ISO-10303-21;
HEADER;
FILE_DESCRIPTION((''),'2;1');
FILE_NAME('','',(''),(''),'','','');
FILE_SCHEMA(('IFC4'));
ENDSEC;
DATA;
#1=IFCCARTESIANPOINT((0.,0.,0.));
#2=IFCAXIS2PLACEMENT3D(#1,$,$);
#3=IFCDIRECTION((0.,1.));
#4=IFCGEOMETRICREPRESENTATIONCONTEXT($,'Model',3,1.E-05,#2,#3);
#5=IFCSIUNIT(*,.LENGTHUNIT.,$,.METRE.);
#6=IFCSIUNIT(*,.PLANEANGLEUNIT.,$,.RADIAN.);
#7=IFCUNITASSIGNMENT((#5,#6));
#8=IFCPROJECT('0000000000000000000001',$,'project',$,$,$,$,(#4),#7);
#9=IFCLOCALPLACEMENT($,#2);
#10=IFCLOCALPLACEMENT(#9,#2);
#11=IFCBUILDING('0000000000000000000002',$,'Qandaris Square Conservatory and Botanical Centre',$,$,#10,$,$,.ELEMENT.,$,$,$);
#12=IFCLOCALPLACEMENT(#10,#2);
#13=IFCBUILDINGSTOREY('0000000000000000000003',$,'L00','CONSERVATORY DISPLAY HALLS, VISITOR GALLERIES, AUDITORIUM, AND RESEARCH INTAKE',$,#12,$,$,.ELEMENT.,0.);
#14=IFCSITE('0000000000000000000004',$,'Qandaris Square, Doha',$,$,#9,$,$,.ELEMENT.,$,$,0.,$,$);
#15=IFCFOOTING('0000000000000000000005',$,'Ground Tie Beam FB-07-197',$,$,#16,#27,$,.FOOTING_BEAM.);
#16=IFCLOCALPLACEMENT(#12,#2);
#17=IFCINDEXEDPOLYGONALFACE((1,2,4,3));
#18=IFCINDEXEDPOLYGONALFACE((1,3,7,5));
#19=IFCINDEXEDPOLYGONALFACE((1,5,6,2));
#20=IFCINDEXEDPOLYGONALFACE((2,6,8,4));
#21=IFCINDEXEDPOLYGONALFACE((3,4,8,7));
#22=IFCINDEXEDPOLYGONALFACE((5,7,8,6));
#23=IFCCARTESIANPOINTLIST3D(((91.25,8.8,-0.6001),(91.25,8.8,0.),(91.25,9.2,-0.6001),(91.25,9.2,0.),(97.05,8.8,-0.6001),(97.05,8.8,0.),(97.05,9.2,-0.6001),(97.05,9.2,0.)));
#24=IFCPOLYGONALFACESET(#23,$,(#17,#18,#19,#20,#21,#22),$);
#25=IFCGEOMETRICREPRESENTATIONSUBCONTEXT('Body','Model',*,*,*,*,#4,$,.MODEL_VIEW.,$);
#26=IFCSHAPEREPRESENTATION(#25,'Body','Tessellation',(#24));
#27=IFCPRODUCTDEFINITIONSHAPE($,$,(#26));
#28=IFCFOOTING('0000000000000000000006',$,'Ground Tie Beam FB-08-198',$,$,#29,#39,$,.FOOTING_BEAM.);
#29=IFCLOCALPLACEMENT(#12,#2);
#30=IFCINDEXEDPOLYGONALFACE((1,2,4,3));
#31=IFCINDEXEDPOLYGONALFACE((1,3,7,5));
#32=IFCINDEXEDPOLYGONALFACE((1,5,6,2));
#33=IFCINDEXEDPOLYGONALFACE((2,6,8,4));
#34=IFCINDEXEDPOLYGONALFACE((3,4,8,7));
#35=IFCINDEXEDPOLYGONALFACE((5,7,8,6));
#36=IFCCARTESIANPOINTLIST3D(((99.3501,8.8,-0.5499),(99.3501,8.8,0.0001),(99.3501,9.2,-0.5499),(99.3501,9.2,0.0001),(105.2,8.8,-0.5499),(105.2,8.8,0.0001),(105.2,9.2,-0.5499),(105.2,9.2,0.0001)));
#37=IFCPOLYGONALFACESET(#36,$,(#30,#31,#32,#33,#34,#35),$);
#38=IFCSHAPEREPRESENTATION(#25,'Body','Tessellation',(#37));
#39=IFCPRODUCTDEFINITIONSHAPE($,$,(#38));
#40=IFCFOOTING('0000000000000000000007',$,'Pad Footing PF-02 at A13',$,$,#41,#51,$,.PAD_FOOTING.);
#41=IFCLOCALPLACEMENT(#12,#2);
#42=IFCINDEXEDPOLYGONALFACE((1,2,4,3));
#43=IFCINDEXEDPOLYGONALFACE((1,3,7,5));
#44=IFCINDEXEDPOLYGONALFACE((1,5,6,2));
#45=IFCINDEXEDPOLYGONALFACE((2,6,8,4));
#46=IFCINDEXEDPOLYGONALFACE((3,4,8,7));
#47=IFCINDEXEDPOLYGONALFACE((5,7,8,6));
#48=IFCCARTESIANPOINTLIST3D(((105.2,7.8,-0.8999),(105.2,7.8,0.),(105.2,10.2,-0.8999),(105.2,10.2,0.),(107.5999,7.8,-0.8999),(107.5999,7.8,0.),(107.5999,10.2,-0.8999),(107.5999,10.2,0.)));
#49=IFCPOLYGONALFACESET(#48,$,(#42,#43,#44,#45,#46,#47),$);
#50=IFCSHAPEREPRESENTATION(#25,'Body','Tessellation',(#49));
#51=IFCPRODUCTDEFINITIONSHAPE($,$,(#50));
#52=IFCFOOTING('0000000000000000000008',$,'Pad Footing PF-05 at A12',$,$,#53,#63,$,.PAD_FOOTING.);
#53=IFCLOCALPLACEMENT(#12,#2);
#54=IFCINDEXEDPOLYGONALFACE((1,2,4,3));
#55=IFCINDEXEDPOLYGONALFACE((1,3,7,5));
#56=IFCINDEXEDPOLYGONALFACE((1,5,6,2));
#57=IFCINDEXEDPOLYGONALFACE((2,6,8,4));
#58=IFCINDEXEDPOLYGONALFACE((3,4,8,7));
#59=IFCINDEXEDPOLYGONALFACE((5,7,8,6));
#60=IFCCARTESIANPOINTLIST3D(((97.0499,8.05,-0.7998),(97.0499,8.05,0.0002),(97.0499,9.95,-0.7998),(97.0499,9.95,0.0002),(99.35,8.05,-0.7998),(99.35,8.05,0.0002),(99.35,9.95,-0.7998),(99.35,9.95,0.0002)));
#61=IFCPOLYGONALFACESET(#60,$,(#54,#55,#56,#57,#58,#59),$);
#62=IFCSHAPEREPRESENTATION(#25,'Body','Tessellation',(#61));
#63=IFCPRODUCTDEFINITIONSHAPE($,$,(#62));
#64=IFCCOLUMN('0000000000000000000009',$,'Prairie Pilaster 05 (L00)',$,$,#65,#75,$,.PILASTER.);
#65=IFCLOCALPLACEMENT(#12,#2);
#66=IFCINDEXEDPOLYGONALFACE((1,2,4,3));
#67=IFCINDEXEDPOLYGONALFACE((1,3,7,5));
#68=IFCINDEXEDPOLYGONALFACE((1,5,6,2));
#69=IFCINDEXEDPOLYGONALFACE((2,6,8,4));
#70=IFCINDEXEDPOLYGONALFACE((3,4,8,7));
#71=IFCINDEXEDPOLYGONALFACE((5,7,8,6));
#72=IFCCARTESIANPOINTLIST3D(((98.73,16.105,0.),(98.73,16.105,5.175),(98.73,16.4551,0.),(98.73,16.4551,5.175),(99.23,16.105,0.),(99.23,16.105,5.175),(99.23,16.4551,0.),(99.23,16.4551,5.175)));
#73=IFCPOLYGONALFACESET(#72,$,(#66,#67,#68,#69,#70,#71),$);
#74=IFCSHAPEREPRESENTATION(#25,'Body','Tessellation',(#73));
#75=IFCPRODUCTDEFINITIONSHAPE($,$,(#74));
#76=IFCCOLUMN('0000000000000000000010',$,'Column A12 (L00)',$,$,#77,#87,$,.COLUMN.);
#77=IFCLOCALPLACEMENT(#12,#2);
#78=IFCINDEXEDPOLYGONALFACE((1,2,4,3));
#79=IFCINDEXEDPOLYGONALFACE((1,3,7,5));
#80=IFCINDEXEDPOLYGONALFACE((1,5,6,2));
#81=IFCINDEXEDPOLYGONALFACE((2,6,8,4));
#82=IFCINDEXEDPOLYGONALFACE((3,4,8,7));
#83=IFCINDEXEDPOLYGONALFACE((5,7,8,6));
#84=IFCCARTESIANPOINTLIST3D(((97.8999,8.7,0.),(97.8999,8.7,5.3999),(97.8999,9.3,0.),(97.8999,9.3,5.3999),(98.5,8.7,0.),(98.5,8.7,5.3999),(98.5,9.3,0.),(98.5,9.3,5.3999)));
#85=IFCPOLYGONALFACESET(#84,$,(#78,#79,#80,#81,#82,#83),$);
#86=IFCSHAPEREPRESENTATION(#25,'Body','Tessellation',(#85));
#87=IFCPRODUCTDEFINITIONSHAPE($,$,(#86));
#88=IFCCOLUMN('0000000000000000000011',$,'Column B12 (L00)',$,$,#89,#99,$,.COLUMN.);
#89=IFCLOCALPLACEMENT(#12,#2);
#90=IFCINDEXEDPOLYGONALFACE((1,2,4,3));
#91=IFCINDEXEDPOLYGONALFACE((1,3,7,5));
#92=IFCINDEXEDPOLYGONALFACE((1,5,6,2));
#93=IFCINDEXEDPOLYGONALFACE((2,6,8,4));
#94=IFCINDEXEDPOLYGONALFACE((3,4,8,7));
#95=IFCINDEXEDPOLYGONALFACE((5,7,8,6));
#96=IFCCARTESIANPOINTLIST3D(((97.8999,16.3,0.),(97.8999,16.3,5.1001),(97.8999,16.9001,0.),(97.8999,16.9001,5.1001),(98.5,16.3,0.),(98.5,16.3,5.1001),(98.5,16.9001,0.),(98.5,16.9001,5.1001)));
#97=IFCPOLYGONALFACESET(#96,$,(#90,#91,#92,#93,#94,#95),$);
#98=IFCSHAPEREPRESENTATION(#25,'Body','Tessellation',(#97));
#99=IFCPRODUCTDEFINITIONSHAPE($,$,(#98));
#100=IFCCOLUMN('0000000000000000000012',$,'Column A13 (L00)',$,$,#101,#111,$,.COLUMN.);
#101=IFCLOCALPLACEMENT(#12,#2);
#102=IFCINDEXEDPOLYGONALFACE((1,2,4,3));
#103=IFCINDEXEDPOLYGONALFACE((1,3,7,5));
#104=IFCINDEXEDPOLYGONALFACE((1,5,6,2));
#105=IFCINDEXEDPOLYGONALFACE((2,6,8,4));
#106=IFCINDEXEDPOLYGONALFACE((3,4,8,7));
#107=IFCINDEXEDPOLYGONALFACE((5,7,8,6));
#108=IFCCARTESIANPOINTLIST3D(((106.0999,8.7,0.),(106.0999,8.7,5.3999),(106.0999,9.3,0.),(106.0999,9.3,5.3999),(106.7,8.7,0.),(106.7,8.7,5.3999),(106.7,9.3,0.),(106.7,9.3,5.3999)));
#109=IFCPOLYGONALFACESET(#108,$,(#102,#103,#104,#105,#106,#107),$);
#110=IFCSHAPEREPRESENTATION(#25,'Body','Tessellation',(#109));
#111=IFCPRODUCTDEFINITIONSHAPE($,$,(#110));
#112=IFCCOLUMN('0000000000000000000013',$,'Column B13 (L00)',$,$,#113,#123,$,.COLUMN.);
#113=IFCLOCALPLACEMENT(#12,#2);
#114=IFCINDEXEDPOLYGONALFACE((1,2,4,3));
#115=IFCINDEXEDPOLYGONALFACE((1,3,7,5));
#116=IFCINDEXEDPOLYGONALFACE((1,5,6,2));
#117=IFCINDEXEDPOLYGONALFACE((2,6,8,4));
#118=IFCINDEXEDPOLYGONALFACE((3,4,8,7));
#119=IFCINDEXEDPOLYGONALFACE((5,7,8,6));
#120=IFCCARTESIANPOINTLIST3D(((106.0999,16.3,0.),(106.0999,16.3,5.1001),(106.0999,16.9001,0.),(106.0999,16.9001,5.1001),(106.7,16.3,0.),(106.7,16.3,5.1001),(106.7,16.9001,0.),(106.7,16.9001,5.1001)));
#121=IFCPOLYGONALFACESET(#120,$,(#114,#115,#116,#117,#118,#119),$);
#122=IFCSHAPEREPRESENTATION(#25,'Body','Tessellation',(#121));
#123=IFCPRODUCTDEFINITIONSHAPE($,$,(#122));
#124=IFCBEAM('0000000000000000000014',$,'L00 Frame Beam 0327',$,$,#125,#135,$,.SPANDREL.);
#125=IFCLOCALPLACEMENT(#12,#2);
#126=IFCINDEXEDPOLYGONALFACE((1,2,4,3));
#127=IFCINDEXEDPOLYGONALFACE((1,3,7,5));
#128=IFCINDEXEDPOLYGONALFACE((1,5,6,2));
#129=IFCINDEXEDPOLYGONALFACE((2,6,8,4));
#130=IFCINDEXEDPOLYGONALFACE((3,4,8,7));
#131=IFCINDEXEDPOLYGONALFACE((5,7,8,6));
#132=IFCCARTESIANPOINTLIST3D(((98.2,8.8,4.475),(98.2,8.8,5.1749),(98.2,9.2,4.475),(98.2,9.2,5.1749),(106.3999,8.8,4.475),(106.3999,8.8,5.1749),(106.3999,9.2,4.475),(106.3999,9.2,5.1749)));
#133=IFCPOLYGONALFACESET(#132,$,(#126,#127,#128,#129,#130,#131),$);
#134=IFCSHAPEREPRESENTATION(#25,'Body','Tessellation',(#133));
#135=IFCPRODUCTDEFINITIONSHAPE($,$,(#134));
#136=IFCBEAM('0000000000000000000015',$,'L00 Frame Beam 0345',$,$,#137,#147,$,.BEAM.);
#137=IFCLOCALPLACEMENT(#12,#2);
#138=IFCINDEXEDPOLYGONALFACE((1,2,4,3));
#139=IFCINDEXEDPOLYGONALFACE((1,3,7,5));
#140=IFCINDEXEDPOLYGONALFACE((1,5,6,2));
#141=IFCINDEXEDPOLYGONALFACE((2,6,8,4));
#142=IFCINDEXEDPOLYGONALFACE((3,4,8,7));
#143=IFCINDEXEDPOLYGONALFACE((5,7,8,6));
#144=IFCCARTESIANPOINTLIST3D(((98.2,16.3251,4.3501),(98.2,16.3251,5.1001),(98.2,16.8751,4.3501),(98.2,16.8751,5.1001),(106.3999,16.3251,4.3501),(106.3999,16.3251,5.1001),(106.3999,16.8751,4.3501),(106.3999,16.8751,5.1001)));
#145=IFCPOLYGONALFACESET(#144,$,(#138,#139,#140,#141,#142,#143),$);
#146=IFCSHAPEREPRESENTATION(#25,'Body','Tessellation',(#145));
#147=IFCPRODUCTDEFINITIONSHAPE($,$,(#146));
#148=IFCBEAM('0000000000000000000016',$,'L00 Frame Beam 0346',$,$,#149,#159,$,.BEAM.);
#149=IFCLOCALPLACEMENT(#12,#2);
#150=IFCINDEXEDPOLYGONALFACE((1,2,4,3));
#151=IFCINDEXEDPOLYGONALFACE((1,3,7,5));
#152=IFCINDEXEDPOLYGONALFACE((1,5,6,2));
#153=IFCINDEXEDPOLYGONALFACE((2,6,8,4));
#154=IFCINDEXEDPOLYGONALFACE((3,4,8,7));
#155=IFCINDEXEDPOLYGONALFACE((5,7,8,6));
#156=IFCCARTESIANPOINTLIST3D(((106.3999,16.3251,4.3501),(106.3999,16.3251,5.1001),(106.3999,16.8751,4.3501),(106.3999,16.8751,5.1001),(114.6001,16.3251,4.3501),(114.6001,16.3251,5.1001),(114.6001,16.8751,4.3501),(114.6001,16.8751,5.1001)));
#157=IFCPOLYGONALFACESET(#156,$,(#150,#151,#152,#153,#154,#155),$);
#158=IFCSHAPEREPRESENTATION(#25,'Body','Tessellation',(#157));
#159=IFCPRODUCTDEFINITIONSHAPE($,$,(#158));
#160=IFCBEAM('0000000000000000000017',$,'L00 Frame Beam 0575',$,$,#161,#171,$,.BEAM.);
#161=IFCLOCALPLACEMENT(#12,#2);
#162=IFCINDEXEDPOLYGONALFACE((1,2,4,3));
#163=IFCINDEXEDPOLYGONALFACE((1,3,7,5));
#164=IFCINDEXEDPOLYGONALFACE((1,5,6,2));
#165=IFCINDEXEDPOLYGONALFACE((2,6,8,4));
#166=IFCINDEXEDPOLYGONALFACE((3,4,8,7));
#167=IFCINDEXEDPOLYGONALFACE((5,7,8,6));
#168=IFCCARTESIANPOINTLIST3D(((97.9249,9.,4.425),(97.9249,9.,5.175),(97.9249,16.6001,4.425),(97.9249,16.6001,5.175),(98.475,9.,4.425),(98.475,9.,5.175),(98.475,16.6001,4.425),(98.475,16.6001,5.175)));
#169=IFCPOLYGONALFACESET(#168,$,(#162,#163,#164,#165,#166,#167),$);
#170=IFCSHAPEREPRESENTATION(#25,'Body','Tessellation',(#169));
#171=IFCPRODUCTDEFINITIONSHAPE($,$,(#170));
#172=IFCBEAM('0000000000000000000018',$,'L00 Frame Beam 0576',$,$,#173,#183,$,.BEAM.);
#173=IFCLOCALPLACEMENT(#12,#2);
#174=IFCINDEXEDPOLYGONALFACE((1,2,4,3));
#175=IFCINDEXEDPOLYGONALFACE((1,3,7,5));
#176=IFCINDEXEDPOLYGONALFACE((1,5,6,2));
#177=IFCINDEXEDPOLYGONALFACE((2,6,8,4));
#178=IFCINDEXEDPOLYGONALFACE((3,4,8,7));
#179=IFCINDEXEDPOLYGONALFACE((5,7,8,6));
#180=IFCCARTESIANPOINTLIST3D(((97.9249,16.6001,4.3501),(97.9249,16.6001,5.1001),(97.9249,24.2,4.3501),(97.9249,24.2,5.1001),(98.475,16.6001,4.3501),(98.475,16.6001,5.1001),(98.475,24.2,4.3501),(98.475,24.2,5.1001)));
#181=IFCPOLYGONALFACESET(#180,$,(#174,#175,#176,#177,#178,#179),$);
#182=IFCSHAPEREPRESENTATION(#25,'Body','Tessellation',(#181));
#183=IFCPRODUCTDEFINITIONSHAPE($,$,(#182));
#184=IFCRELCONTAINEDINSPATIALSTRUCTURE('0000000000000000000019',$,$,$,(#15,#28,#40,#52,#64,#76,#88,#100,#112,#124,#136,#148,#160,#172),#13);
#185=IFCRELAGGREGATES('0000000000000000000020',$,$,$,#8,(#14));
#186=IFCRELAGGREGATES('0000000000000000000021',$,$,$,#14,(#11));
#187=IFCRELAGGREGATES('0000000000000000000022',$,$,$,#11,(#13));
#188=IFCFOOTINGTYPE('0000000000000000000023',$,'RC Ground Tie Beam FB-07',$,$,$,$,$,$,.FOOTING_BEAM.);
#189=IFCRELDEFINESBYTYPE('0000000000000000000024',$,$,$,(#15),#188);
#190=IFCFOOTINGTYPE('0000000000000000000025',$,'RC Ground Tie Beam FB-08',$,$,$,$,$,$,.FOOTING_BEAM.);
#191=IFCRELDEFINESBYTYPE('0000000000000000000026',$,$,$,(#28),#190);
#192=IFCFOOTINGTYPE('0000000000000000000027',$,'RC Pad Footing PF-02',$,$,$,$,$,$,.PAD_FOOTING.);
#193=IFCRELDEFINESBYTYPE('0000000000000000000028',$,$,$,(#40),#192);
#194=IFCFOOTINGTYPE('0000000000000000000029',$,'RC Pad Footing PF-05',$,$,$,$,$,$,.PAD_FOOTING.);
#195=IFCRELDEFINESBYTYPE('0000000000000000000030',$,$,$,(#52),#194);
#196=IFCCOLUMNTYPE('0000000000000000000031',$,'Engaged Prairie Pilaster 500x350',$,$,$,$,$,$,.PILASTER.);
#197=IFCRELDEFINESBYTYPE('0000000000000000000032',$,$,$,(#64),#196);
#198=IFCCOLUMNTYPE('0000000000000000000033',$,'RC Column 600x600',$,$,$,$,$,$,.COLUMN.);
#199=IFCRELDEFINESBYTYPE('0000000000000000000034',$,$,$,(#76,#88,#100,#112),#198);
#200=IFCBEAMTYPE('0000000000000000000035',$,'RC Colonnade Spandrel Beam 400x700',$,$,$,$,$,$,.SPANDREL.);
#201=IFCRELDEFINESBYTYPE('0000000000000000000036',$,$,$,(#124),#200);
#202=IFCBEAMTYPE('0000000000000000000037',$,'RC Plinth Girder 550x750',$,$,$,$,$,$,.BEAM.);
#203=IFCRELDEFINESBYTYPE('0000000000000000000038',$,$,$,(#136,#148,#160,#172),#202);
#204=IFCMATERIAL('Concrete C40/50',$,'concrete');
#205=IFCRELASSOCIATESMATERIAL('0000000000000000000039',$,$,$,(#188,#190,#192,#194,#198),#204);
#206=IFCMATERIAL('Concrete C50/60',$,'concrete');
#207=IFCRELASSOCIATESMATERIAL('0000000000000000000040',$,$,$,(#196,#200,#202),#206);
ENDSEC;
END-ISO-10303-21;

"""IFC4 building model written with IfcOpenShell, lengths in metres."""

from ifc_helpers import new_model, si_unit, direction, frame, origin, origin_2d, place, context, subcontext, project, spatial, rectangle, extrude, material, material_profile, profile_set, type_object, element, save


model = new_model("IFC4")

# Units and contexts
model_context = context("Model", 3, precision=1e-05, world=origin(), true_north=direction((0.0, 1.0)))
body_context = subcontext(model_context, "Body", "Model", "MODEL_VIEW")
ifc_project = project(units=[si_unit("LENGTHUNIT", "METRE"), si_unit("PLANEANGLEUNIT", "RADIAN")], contexts=[model_context])

# Site, building, storey
site_placement = place(None, origin())
site = spatial("IfcSite", under=ifc_project, at=site_placement, Name="Qandaris Square, Doha", CompositionType="ELEMENT", RefElevation=0.0)
building_placement = place(site_placement, origin())
building = spatial("IfcBuilding", under=site, at=building_placement, Name="Qandaris Square Conservatory and Botanical Centre", CompositionType="ELEMENT")
storey_placement = place(building_placement, origin())
storey = spatial("IfcBuildingStorey", under=building, at=storey_placement, Name="L00", Description="CONSERVATORY DISPLAY HALLS, VISITOR GALLERIES, AUDITORIUM, AND RESEARCH INTAKE", CompositionType="ELEMENT", Elevation=0.0)

# Footings
ifc_material_1 = material(Name="Concrete C40/50", Category="concrete")
ifc_material_profile_1 = material_profile(ifc_material_1, rectangle(XDim=0.3999, YDim=0.6001, at=origin_2d()), Name="FB 400x600")
ifc_profile_set_1 = profile_set([ifc_material_profile_1], Name="Concrete C40/50")
footing_type_1 = type_object("IfcFootingType", Name="RC Ground Tie Beam FB-07", PredefinedType="FOOTING_BEAM", material=ifc_profile_set_1)
footing_1_placement = place(storey_placement, frame((91.25, 9.0, -0.3), z_axis=(1.0, 0.0, 0.0), x_axis=(0.0, 1.0, 0.0)))
element("IfcFooting", 1, at=footing_1_placement, inside=storey, type_object=footing_type_1, Name="Ground Tie Beam FB-07-197", PredefinedType="FOOTING_BEAM", context=body_context, shape_type="SweptSolid", body=[
    extrude(rectangle(XDim=0.3999, YDim=0.6001, at=origin_2d()), origin(), (0.0, 0.0, 1.0), 5.8),
])
ifc_material_profile_2 = material_profile(ifc_material_1, rectangle(XDim=0.3999, YDim=0.55, at=origin_2d()), Name="FB 400x550")
ifc_profile_set_2 = profile_set([ifc_material_profile_2], Name="Concrete C40/50")
footing_type_2 = type_object("IfcFootingType", Name="RC Ground Tie Beam FB-08", PredefinedType="FOOTING_BEAM", material=ifc_profile_set_2)
footing_2_placement = place(storey_placement, frame((99.3501, 9.0, -0.2749), z_axis=(1.0, 0.0, 0.0), x_axis=(0.0, 1.0, 0.0)))
element("IfcFooting", 2, at=footing_2_placement, inside=storey, type_object=footing_type_2, Name="Ground Tie Beam FB-08-198", PredefinedType="FOOTING_BEAM", context=body_context, shape_type="SweptSolid", body=[
    extrude(rectangle(XDim=0.3999, YDim=0.55, at=origin_2d()), origin(), (0.0, 0.0, 1.0), 5.8499),
])
footing_type_3 = type_object("IfcFootingType", Name="RC Pad Footing PF-02", PredefinedType="PAD_FOOTING", material=ifc_material_1)
footing_3_placement = place(storey_placement, frame((106.3999, 9.0, -0.8999), z_axis=(0.0, 0.0, 1.0), x_axis=(1.0, 0.0, 0.0)))
element("IfcFooting", 3, at=footing_3_placement, inside=storey, type_object=footing_type_3, Name="Pad Footing PF-02 at A13", PredefinedType="PAD_FOOTING", context=body_context, shape_type="SweptSolid", body=[
    extrude(rectangle(XDim=2.3999, YDim=2.3999, at=origin_2d()), origin(), (0.0, 0.0, 1.0), 0.8999),
])
footing_type_4 = type_object("IfcFootingType", Name="RC Pad Footing PF-05", PredefinedType="PAD_FOOTING", material=ifc_material_1)
footing_4_placement = place(storey_placement, frame((98.2, 9.0, -0.7998), z_axis=(0.0, 0.0, 1.0), x_axis=(1.0, 0.0, 0.0)))
element("IfcFooting", 4, at=footing_4_placement, inside=storey, type_object=footing_type_4, Name="Pad Footing PF-05 at A12", PredefinedType="PAD_FOOTING", context=body_context, shape_type="SweptSolid", body=[
    extrude(rectangle(XDim=2.3, YDim=1.8999, at=origin_2d()), origin(), (0.0, 0.0, 1.0), 0.8),
])

# Columns
ifc_material_2 = material(Name="Concrete C50/60", Category="concrete")
ifc_material_profile_3 = material_profile(ifc_material_2, rectangle(XDim=0.5, YDim=0.3501, at=origin_2d()), Name="RC-PIL 500x350")
ifc_profile_set_3 = profile_set([ifc_material_profile_3], Name="Concrete C50/60")
column_type_1 = type_object("IfcColumnType", Name="Engaged Prairie Pilaster 500x350", PredefinedType="PILASTER", material=ifc_profile_set_3)
column_1_placement = place(storey_placement, frame((98.98, 16.28, 0.0), z_axis=(0.0, 0.0, 1.0), x_axis=(1.0, 0.0, 0.0)))
element("IfcColumn", 5, at=column_1_placement, inside=storey, type_object=column_type_1, Name="Prairie Pilaster 05 (L00)", PredefinedType="PILASTER", context=body_context, shape_type="SweptSolid", body=[
    extrude(rectangle(XDim=0.5, YDim=0.3501, at=origin_2d()), origin(), (0.0, 0.0, 1.0), 5.175),
])
ifc_material_profile_4 = material_profile(ifc_material_1, rectangle(XDim=0.6001, YDim=0.6001, at=origin_2d()), Name="RC-COL 600x600")
ifc_profile_set_4 = profile_set([ifc_material_profile_4], Name="Concrete C40/50")
column_type_2 = type_object("IfcColumnType", Name="RC Column 600x600", PredefinedType="COLUMN", material=ifc_profile_set_4)
column_2_placement = place(storey_placement, frame((98.2, 9.0, 0.0), z_axis=(0.0, 0.0, 1.0), x_axis=(1.0, 0.0, 0.0)))
element("IfcColumn", 6, at=column_2_placement, inside=storey, type_object=column_type_2, Name="Column A12 (L00)", PredefinedType="COLUMN", context=body_context, shape_type="SweptSolid", body=[
    extrude(rectangle(XDim=0.6001, YDim=0.6001, at=origin_2d()), origin(), (0.0, 0.0, 1.0), 5.3999),
])
column_3_placement = place(storey_placement, frame((98.2, 16.6001, 0.0), z_axis=(0.0, 0.0, 1.0), x_axis=(1.0, 0.0, 0.0)))
element("IfcColumn", 7, at=column_3_placement, inside=storey, type_object=column_type_2, Name="Column B12 (L00)", PredefinedType="COLUMN", context=body_context, shape_type="SweptSolid", body=[
    extrude(rectangle(XDim=0.6001, YDim=0.6001, at=origin_2d()), origin(), (0.0, 0.0, 1.0), 5.1001),
])
column_4_placement = place(storey_placement, frame((106.3999, 9.0, 0.0), z_axis=(0.0, 0.0, 1.0), x_axis=(1.0, 0.0, 0.0)))
element("IfcColumn", 8, at=column_4_placement, inside=storey, type_object=column_type_2, Name="Column A13 (L00)", PredefinedType="COLUMN", context=body_context, shape_type="SweptSolid", body=[
    extrude(rectangle(XDim=0.6001, YDim=0.6001, at=origin_2d()), origin(), (0.0, 0.0, 1.0), 5.3999),
])
column_5_placement = place(storey_placement, frame((106.3999, 16.6001, 0.0), z_axis=(0.0, 0.0, 1.0), x_axis=(1.0, 0.0, 0.0)))
element("IfcColumn", 9, at=column_5_placement, inside=storey, type_object=column_type_2, Name="Column B13 (L00)", PredefinedType="COLUMN", context=body_context, shape_type="SweptSolid", body=[
    extrude(rectangle(XDim=0.6001, YDim=0.6001, at=origin_2d()), origin(), (0.0, 0.0, 1.0), 5.1001),
])

# Beams
ifc_material_profile_5 = material_profile(ifc_material_2, rectangle(XDim=0.3999, YDim=0.7, at=origin_2d()), Name="RC-SP 400x700")
ifc_profile_set_5 = profile_set([ifc_material_profile_5], Name="Concrete C50/60")
beam_type_1 = type_object("IfcBeamType", Name="RC Colonnade Spandrel Beam 400x700", PredefinedType="SPANDREL", material=ifc_profile_set_5)
beam_1_placement = place(storey_placement, frame((98.2, 9.0, 4.825), z_axis=(1.0, 0.0, 0.0), x_axis=(0.0, 1.0, 0.0)))
element("IfcBeam", 10, at=beam_1_placement, inside=storey, type_object=beam_type_1, Name="L00 Frame Beam 0327", PredefinedType="SPANDREL", context=body_context, shape_type="SweptSolid", body=[
    extrude(rectangle(XDim=0.3999, YDim=0.7, at=origin_2d()), origin(), (0.0, 0.0, 1.0), 8.2),
])
ifc_material_profile_6 = material_profile(ifc_material_2, rectangle(XDim=0.55, YDim=0.75, at=origin_2d()), Name="RC-BM 550x750")
ifc_profile_set_6 = profile_set([ifc_material_profile_6], Name="Concrete C50/60")
beam_type_2 = type_object("IfcBeamType", Name="RC Plinth Girder 550x750", PredefinedType="BEAM", material=ifc_profile_set_6)
beam_2_placement = place(storey_placement, frame((98.2, 16.6001, 4.7251), z_axis=(1.0, 0.0, 0.0), x_axis=(0.0, 1.0, 0.0)))
element("IfcBeam", 11, at=beam_2_placement, inside=storey, type_object=beam_type_2, Name="L00 Frame Beam 0345", PredefinedType="BEAM", context=body_context, shape_type="SweptSolid", body=[
    extrude(rectangle(XDim=0.55, YDim=0.75, at=origin_2d()), origin(), (0.0, 0.0, 1.0), 8.2),
])
beam_3_placement = place(storey_placement, frame((106.3999, 16.6001, 4.7251), z_axis=(1.0, 0.0, 0.0), x_axis=(0.0, 1.0, 0.0)))
element("IfcBeam", 12, at=beam_3_placement, inside=storey, type_object=beam_type_2, Name="L00 Frame Beam 0346", PredefinedType="BEAM", context=body_context, shape_type="SweptSolid", body=[
    extrude(rectangle(XDim=0.55, YDim=0.75, at=origin_2d()), origin(), (0.0, 0.0, 1.0), 8.2002),
])
beam_4_placement = place(storey_placement, frame((98.2, 9.0, 4.8), z_axis=(0.0, 1.0, 0.0), x_axis=(-1.0, 0.0, 0.0)))
element("IfcBeam", 13, at=beam_4_placement, inside=storey, type_object=beam_type_2, Name="L00 Frame Beam 0575", PredefinedType="BEAM", context=body_context, shape_type="SweptSolid", body=[
    extrude(rectangle(XDim=0.55, YDim=0.75, at=origin_2d()), origin(), (0.0, 0.0, 1.0), 7.6001),
])
beam_5_placement = place(storey_placement, frame((98.2, 16.6001, 4.7251), z_axis=(0.0, 1.0, 0.0), x_axis=(-1.0, 0.0, 0.0)))
element("IfcBeam", 14, at=beam_5_placement, inside=storey, type_object=beam_type_2, Name="L00 Frame Beam 0576", PredefinedType="BEAM", context=body_context, shape_type="SweptSolid", body=[
    extrude(rectangle(XDim=0.55, YDim=0.75, at=origin_2d()), origin(), (0.0, 0.0, 1.0), 7.5999),
])

save(model, "model.ifc")
